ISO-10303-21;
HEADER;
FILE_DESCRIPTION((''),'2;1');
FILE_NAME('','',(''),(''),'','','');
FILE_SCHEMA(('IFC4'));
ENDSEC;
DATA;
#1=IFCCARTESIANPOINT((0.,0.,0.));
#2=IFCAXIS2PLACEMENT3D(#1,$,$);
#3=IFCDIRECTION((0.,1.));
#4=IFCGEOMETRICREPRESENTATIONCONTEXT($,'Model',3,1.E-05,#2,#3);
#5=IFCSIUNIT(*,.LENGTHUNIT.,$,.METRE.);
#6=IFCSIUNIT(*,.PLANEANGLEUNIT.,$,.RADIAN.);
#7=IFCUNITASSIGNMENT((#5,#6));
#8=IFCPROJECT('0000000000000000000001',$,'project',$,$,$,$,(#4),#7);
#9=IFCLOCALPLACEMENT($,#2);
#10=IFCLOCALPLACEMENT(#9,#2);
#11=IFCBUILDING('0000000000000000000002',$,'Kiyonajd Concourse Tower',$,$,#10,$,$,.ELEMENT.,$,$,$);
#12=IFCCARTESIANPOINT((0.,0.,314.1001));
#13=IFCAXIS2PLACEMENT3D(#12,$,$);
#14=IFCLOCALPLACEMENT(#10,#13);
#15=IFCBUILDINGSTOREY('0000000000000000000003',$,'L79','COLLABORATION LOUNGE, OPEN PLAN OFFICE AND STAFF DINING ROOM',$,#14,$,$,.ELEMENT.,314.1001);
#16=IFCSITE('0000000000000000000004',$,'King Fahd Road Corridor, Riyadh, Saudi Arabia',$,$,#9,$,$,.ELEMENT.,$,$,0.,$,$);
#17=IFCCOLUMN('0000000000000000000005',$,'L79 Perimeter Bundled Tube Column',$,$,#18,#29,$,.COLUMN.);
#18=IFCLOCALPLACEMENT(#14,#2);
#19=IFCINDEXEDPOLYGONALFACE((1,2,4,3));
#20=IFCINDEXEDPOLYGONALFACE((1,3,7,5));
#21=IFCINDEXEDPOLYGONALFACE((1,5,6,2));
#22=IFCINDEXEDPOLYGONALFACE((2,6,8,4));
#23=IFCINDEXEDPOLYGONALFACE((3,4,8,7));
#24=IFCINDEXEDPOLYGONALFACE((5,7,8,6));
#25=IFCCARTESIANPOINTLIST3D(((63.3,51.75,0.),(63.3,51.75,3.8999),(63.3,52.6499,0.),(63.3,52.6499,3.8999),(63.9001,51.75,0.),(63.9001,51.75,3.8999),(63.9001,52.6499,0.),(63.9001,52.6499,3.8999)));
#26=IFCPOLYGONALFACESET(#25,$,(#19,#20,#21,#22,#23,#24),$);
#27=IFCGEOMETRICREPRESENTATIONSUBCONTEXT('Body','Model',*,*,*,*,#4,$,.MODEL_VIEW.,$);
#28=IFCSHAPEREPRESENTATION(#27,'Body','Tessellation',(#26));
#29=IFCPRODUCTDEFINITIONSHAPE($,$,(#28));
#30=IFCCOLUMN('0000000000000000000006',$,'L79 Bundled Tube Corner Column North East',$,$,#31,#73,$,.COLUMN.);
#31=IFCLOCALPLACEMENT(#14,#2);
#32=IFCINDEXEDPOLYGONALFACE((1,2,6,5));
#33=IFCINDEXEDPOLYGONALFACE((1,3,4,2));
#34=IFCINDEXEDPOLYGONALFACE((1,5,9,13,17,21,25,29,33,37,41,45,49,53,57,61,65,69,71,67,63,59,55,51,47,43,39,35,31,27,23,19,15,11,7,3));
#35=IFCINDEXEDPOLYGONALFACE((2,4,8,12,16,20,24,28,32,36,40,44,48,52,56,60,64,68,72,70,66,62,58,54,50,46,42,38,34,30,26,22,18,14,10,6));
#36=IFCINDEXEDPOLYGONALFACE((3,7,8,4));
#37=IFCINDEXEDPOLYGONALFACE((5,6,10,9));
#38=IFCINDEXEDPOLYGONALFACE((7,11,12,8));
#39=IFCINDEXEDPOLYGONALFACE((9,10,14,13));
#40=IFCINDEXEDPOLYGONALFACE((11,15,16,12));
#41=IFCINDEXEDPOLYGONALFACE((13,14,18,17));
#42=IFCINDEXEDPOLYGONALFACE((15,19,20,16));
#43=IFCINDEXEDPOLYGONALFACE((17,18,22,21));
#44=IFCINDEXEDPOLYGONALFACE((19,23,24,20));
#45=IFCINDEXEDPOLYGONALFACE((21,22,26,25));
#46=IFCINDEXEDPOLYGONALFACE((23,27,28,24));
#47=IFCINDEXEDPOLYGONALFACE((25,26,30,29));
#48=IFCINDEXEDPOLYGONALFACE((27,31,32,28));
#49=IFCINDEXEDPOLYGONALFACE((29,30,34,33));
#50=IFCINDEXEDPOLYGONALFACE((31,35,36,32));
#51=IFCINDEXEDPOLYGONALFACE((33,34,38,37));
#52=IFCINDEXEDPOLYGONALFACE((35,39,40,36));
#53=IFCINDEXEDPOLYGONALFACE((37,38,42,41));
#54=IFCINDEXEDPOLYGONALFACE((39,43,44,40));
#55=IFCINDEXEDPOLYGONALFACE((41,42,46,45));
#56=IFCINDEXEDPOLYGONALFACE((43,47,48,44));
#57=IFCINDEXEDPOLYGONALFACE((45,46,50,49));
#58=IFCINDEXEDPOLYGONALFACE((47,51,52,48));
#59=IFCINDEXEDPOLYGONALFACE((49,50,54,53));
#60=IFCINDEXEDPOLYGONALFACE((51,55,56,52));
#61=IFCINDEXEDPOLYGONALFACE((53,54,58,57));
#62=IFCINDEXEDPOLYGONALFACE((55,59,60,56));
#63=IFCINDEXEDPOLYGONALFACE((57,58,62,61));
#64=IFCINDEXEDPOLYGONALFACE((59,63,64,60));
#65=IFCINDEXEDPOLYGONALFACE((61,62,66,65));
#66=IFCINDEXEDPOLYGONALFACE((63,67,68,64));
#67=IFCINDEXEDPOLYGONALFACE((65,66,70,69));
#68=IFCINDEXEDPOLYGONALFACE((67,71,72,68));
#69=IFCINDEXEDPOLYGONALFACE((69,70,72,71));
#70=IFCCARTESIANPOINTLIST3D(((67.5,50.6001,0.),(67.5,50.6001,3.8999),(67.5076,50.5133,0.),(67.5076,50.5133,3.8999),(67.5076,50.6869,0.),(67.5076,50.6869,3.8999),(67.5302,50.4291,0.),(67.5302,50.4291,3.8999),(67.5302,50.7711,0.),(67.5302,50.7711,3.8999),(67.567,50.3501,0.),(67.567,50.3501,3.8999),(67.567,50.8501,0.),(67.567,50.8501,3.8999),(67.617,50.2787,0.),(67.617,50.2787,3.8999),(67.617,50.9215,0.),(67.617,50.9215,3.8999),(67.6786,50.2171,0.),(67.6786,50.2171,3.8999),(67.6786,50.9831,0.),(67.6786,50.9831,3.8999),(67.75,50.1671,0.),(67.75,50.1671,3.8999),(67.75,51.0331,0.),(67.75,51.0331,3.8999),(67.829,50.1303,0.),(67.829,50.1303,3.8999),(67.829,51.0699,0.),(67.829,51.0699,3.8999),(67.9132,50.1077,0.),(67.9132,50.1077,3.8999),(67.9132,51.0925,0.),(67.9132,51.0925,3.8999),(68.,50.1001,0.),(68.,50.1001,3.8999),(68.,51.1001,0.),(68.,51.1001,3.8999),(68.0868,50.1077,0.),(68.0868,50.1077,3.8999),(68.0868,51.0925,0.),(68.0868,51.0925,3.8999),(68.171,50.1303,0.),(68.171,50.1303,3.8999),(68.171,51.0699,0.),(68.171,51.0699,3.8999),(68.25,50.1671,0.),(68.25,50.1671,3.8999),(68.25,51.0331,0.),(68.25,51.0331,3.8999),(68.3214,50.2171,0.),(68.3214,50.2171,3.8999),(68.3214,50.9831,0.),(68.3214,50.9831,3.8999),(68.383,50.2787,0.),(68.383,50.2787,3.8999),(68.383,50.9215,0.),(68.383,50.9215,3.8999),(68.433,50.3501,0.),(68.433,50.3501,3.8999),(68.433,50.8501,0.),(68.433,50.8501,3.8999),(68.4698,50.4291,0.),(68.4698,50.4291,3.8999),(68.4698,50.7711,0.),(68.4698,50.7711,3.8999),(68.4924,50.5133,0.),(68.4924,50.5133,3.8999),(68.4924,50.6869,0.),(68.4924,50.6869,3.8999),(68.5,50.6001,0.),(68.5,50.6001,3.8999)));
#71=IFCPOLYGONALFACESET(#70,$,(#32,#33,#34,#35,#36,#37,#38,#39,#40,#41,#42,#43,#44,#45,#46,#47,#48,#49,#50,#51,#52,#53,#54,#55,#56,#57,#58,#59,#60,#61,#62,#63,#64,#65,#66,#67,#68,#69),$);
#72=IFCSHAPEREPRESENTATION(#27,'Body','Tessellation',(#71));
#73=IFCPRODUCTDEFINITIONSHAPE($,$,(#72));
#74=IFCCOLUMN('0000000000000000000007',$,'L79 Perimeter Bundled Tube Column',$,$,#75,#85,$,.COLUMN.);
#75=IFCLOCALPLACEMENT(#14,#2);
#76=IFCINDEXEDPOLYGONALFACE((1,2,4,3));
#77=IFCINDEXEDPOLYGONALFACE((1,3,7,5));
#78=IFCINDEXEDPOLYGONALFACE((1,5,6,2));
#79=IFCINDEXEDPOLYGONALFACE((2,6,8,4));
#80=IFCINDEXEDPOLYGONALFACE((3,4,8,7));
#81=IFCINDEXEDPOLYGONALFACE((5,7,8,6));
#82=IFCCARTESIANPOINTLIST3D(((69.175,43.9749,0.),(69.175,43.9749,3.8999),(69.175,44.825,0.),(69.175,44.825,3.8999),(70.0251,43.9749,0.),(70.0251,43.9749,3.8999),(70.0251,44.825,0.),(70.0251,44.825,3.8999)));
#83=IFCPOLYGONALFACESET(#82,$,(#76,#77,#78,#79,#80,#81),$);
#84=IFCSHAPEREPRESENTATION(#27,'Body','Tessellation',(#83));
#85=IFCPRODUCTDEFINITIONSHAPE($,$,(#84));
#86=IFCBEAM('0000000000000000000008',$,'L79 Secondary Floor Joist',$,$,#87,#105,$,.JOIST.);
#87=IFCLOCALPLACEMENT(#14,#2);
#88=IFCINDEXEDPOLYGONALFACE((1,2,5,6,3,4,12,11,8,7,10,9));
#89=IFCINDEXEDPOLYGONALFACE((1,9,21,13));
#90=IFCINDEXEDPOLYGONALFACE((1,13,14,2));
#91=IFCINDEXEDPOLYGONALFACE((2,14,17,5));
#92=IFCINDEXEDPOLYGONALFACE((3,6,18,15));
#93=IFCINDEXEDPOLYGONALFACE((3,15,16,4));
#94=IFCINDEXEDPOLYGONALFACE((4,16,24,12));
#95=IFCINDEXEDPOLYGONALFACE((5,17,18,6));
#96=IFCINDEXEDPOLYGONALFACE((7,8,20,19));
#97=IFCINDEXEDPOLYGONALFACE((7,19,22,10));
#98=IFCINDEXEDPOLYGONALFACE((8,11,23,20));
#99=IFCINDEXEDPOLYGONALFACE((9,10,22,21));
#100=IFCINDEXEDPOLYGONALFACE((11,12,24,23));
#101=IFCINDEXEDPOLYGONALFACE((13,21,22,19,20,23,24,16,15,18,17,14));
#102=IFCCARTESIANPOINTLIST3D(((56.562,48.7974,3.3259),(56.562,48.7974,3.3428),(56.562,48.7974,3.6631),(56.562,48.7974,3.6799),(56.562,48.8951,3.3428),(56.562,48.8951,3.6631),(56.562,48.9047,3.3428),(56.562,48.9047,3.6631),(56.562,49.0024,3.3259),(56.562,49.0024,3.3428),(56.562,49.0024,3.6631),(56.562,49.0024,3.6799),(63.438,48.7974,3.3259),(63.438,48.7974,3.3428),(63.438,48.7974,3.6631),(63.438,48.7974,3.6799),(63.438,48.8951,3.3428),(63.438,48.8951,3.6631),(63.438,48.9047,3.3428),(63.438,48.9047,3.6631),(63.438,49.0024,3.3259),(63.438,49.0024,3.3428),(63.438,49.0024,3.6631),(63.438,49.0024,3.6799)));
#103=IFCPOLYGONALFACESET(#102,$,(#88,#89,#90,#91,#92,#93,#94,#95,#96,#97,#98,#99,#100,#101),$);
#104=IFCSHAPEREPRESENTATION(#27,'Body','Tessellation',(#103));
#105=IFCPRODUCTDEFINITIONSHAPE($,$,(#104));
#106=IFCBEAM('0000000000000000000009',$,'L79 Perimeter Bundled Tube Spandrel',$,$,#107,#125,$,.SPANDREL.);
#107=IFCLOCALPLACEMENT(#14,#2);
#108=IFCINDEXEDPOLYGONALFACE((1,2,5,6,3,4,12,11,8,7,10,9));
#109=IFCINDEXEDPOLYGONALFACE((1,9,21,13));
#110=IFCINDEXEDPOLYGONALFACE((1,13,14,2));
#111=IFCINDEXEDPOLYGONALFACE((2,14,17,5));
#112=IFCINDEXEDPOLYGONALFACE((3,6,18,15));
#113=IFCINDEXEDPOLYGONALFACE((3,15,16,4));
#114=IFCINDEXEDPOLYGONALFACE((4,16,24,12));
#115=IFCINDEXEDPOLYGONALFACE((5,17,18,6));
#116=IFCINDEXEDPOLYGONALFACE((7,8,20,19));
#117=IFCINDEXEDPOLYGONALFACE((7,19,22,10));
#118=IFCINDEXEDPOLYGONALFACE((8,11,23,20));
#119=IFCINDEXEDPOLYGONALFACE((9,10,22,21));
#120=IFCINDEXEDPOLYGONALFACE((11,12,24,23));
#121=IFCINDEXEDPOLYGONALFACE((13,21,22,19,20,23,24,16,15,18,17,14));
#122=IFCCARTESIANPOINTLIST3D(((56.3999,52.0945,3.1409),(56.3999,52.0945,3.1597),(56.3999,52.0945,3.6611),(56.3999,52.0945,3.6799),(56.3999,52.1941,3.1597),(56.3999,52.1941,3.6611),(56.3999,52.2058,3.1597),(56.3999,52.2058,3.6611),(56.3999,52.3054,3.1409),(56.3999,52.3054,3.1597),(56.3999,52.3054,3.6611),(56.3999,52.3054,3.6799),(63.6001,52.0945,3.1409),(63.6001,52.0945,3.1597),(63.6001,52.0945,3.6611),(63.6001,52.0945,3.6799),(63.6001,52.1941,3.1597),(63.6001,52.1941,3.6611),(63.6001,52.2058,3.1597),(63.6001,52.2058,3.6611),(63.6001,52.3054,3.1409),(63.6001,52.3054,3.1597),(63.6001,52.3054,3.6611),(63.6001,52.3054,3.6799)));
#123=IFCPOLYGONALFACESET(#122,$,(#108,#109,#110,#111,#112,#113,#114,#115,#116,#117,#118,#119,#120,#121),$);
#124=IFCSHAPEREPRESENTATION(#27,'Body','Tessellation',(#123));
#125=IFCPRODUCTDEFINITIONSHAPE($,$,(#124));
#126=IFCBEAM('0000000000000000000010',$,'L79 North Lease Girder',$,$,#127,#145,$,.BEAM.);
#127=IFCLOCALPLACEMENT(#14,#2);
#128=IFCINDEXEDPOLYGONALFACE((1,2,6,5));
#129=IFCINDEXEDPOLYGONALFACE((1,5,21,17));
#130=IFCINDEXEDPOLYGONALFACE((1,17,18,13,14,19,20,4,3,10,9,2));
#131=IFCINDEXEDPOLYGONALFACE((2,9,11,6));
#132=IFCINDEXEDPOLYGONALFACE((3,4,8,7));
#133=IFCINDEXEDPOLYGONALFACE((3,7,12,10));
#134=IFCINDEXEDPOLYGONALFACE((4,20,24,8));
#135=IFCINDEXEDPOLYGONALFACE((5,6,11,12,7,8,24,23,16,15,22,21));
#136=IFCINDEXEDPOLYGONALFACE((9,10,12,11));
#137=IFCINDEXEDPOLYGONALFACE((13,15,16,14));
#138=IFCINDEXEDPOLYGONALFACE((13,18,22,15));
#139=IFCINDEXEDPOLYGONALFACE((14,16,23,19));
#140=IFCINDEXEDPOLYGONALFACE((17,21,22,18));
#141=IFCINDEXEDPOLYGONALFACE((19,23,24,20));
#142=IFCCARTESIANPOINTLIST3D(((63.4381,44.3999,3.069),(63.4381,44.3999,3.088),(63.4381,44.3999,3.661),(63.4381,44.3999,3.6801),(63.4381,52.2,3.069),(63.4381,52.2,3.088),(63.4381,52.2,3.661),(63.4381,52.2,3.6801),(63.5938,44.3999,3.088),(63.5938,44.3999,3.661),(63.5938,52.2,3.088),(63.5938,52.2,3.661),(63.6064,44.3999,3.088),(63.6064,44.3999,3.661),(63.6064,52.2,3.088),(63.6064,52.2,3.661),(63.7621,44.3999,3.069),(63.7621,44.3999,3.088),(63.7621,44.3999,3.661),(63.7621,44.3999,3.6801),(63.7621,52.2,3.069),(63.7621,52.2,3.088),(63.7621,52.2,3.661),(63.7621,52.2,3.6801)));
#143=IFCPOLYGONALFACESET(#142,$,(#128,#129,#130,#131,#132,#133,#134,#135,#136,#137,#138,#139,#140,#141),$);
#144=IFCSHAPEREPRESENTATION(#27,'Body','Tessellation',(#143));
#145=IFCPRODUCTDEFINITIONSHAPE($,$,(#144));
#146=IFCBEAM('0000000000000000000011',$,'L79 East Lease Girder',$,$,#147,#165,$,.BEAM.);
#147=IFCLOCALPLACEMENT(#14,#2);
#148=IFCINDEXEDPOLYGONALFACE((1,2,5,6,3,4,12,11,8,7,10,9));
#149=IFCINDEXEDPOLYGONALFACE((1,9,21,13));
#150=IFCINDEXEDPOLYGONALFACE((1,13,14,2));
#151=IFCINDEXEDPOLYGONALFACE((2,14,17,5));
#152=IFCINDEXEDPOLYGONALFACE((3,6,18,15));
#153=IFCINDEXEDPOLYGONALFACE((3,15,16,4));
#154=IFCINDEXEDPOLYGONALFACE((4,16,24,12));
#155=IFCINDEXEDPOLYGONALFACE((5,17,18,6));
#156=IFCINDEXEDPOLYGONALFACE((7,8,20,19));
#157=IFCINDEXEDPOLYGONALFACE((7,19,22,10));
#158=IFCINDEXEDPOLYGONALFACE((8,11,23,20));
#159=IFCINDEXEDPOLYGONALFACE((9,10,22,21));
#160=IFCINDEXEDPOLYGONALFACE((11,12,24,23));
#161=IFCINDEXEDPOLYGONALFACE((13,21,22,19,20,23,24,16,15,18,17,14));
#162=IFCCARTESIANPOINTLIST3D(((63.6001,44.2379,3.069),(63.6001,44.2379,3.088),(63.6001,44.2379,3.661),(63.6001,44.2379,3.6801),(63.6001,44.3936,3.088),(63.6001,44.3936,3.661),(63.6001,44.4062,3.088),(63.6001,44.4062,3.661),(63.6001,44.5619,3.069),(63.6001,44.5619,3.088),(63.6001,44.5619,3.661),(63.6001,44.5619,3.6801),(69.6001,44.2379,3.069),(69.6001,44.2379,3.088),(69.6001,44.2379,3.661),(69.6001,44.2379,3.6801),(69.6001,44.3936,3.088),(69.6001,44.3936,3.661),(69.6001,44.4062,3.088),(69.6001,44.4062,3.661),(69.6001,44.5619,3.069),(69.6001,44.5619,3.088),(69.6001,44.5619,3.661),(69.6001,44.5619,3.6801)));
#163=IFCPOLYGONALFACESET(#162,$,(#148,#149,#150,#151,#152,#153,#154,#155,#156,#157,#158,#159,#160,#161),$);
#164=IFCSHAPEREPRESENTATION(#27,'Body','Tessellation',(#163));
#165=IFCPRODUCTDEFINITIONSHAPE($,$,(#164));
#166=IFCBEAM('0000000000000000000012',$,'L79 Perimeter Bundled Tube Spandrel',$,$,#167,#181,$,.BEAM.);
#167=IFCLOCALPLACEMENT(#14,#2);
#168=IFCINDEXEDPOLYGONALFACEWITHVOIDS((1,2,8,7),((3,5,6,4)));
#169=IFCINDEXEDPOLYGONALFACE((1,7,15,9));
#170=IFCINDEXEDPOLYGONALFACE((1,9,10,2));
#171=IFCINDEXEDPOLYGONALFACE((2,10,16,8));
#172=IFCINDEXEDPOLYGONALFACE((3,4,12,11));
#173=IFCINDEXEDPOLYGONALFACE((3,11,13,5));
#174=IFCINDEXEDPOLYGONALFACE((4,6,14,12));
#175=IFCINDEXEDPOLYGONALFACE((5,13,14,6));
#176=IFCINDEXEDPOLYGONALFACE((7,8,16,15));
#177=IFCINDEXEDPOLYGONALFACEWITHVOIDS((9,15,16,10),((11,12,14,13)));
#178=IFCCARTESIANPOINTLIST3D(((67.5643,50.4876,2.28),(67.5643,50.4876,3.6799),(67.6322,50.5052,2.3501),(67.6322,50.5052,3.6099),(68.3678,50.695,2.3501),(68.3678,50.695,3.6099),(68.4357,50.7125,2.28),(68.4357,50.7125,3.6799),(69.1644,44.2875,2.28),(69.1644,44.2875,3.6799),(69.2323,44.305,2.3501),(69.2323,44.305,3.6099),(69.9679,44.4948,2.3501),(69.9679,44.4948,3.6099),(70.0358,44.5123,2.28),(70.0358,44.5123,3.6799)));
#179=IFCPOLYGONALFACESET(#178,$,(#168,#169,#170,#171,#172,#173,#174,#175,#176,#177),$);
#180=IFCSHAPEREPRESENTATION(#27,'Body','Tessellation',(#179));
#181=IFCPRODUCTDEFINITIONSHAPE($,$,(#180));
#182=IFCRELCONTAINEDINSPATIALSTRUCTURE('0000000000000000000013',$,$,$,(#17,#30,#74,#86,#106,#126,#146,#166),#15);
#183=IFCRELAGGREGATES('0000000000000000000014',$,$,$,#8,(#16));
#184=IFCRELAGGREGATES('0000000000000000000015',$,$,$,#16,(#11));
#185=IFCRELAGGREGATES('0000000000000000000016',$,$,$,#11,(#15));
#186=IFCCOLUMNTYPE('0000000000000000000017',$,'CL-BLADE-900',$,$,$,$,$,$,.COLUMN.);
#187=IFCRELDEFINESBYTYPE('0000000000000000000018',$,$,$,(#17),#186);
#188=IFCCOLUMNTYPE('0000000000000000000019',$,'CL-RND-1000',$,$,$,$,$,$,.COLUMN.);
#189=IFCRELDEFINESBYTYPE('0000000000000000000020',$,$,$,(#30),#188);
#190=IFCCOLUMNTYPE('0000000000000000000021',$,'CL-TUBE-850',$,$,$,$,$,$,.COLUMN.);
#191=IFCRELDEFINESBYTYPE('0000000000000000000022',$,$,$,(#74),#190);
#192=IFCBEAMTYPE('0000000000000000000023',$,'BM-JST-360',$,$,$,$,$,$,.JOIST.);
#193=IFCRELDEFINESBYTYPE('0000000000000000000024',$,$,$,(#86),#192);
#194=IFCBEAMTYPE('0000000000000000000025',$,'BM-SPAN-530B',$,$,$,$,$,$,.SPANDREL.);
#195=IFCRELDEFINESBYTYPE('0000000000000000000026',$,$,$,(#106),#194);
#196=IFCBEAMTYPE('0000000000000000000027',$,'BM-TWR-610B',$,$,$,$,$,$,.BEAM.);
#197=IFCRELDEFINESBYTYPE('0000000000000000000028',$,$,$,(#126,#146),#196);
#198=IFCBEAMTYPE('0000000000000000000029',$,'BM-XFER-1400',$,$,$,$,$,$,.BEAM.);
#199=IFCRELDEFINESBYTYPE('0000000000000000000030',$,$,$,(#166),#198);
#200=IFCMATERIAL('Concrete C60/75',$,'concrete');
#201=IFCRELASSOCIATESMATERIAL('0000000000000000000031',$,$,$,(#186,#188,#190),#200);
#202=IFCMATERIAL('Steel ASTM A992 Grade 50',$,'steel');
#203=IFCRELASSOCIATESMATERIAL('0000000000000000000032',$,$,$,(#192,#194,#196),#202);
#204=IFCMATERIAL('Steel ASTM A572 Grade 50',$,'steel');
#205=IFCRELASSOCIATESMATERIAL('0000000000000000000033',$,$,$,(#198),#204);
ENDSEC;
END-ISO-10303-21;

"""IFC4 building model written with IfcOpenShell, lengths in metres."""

from ifc_helpers import new_model, si_unit, direction, frame, origin, origin_2d, place, context, subcontext, project, spatial, rectangle, hollow_rectangle, circle, i_section, extrude, material, material_profile, profile_set, type_object, element, save


model = new_model("IFC4")

# Units and contexts
model_context = context("Model", 3, precision=1e-05, world=origin(), true_north=direction((0.0, 1.0)))
body_context = subcontext(model_context, "Body", "Model", "MODEL_VIEW")
ifc_project = project(units=[si_unit("LENGTHUNIT", "METRE"), si_unit("PLANEANGLEUNIT", "RADIAN")], contexts=[model_context])

# Site, building, storey
site_placement = place(None, origin())
site = spatial("IfcSite", under=ifc_project, at=site_placement, Name="King Fahd Road Corridor, Riyadh, Saudi Arabia", CompositionType="ELEMENT", RefElevation=0.0)
building_placement = place(site_placement, origin())
building = spatial("IfcBuilding", under=site, at=building_placement, Name="Kiyonajd Concourse Tower", CompositionType="ELEMENT")
storey_placement = place(building_placement, frame((0.0, 0.0, 314.1001)))
storey = spatial("IfcBuildingStorey", under=building, at=storey_placement, Name="L79", Description="COLLABORATION LOUNGE, OPEN PLAN OFFICE AND STAFF DINING ROOM", CompositionType="ELEMENT", Elevation=314.1001)

# Columns
ifc_material_1 = material(Name="Concrete C60/75", Category="concrete")
ifc_material_profile_1 = material_profile(ifc_material_1, rectangle(XDim=0.6001, YDim=0.8999, at=origin_2d()), Name="RC-900x600")
ifc_profile_set_1 = profile_set([ifc_material_profile_1], Name="Concrete C60/75")
column_type_1 = type_object("IfcColumnType", Name="CL-BLADE-900", PredefinedType="COLUMN", material=ifc_profile_set_1)
column_1_placement = place(storey_placement, frame((63.6001, 52.2, 0.0), z_axis=(0.0, 0.0, 1.0), x_axis=(1.0, 0.0, 0.0)))
element("IfcColumn", 1, at=column_1_placement, inside=storey, type_object=column_type_1, Name="L79 Perimeter Bundled Tube Column", PredefinedType="COLUMN", context=body_context, shape_type="SweptSolid", body=[
    extrude(rectangle(XDim=0.6001, YDim=0.8999, at=origin_2d()), origin(), (0.0, 0.0, 1.0), 3.8999),
])
ifc_material_profile_2 = material_profile(ifc_material_1, circle(Radius=0.5, at=origin_2d()), Name="RCC-D1000")
ifc_profile_set_2 = profile_set([ifc_material_profile_2], Name="Concrete C60/75")
column_type_2 = type_object("IfcColumnType", Name="CL-RND-1000", PredefinedType="COLUMN", material=ifc_profile_set_2)
column_2_placement = place(storey_placement, frame((68.0, 50.6001, 0.0), z_axis=(0.0, 0.0, 1.0), x_axis=(1.0, 0.0, 0.0)))
element("IfcColumn", 2, at=column_2_placement, inside=storey, type_object=column_type_2, Name="L79 Bundled Tube Corner Column North East", PredefinedType="COLUMN", context=body_context, shape_type="SweptSolid", body=[
    extrude(circle(Radius=0.5, at=origin_2d()), origin(), (0.0, 0.0, 1.0), 3.8999),
])
ifc_material_profile_3 = material_profile(ifc_material_1, rectangle(XDim=0.8501, YDim=0.8501, at=origin_2d()), Name="RC-850x850")
ifc_profile_set_3 = profile_set([ifc_material_profile_3], Name="Concrete C60/75")
column_type_3 = type_object("IfcColumnType", Name="CL-TUBE-850", PredefinedType="COLUMN", material=ifc_profile_set_3)
column_3_placement = place(storey_placement, frame((69.6001, 44.3999, 0.0), z_axis=(0.0, 0.0, 1.0), x_axis=(1.0, 0.0, 0.0)))
element("IfcColumn", 3, at=column_3_placement, inside=storey, type_object=column_type_3, Name="L79 Perimeter Bundled Tube Column", PredefinedType="COLUMN", context=body_context, shape_type="SweptSolid", body=[
    extrude(rectangle(XDim=0.8501, YDim=0.8501, at=origin_2d()), origin(), (0.0, 0.0, 1.0), 3.8999),
])

# Beams
ifc_material_2 = material(Name="Steel ASTM A992 Grade 50", Category="steel")
ifc_material_profile_4 = material_profile(ifc_material_2, i_section(OverallWidth=0.2051, OverallDepth=0.354, WebThickness=0.0095, FlangeThickness=0.0168, at=origin_2d()), Name="W360X79")
ifc_profile_set_4 = profile_set([ifc_material_profile_4], Name="Steel ASTM A992 Grade 50")
beam_type_1 = type_object("IfcBeamType", Name="BM-JST-360", PredefinedType="JOIST", material=ifc_profile_set_4)
beam_1_placement = place(storey_placement, frame((56.562, 48.8999, 3.5029), z_axis=(1.0, 0.0, 0.0), x_axis=(0.0, 1.0, 0.0)))
element("IfcBeam", 4, at=beam_1_placement, inside=storey, type_object=beam_type_1, Name="L79 Secondary Floor Joist", PredefinedType="JOIST", context=body_context, shape_type="SweptSolid", body=[
    extrude(i_section(OverallWidth=0.2051, OverallDepth=0.354, WebThickness=0.0095, FlangeThickness=0.0168, at=origin_2d()), origin(), (0.0, 0.0, 1.0), 6.876),
])
ifc_material_profile_5 = material_profile(ifc_material_2, i_section(OverallWidth=0.2109, OverallDepth=0.5391, WebThickness=0.0117, FlangeThickness=0.0188, at=origin_2d()), Name="W530X109")
ifc_profile_set_5 = profile_set([ifc_material_profile_5], Name="Steel ASTM A992 Grade 50")
beam_type_2 = type_object("IfcBeamType", Name="BM-SPAN-530B", PredefinedType="SPANDREL", material=ifc_profile_set_5)
beam_2_placement = place(storey_placement, frame((63.6001, 52.2, 3.4104), z_axis=(-1.0, 0.0, 0.0), x_axis=(0.0, -1.0, 0.0)))
element("IfcBeam", 5, at=beam_2_placement, inside=storey, type_object=beam_type_2, Name="L79 Perimeter Bundled Tube Spandrel", PredefinedType="SPANDREL", context=body_context, shape_type="SweptSolid", body=[
    extrude(i_section(OverallWidth=0.2109, OverallDepth=0.5391, WebThickness=0.0117, FlangeThickness=0.0188, at=origin_2d()), origin(), (0.0, 0.0, 1.0), 7.2002),
])
ifc_material_profile_6 = material_profile(ifc_material_2, i_section(OverallWidth=0.324, OverallDepth=0.6111, WebThickness=0.0127, FlangeThickness=0.019, at=origin_2d()), Name="W610X155")
ifc_profile_set_6 = profile_set([ifc_material_profile_6], Name="Steel ASTM A992 Grade 50")
beam_type_3 = type_object("IfcBeamType", Name="BM-TWR-610B", PredefinedType="BEAM", material=ifc_profile_set_6)
beam_3_placement = place(storey_placement, frame((63.6001, 44.3999, 3.3745), z_axis=(0.0, 1.0, 0.0), x_axis=(-1.0, 0.0, 0.0)))
element("IfcBeam", 6, at=beam_3_placement, inside=storey, type_object=beam_type_3, Name="L79 North Lease Girder", PredefinedType="BEAM", context=body_context, shape_type="SweptSolid", body=[
    extrude(i_section(OverallWidth=0.324, OverallDepth=0.6111, WebThickness=0.0127, FlangeThickness=0.019, at=origin_2d()), origin(), (0.0, 0.0, 1.0), 7.8),
])
beam_4_placement = place(storey_placement, frame((63.6001, 44.3999, 3.3745), z_axis=(1.0, 0.0, 0.0), x_axis=(0.0, 1.0, 0.0)))
element("IfcBeam", 7, at=beam_4_placement, inside=storey, type_object=beam_type_3, Name="L79 East Lease Girder", PredefinedType="BEAM", context=body_context, shape_type="SweptSolid", body=[
    extrude(i_section(OverallWidth=0.324, OverallDepth=0.6111, WebThickness=0.0127, FlangeThickness=0.019, at=origin_2d()), origin(), (0.0, 0.0, 1.0), 6.0),
])
ifc_material_3 = material(Name="Steel ASTM A572 Grade 50", Category="steel")
ifc_material_profile_7 = material_profile(ifc_material_3, hollow_rectangle(XDim=0.8999, YDim=1.3999, WallThickness=0.0701, at=origin_2d()), Name="BOX-1400x900x70")
ifc_profile_set_7 = profile_set([ifc_material_profile_7], Name="Steel ASTM A572 Grade 50")
beam_type_4 = type_object("IfcBeamType", Name="BM-XFER-1400", PredefinedType="BEAM", material=ifc_profile_set_7)
beam_5_placement = place(storey_placement, frame((69.6001, 44.3999, 2.98), z_axis=(-0.249885, 0.968276, 0.0), x_axis=(-0.968276, -0.249885, 0.0)))
element("IfcBeam", 8, at=beam_5_placement, inside=storey, type_object=beam_type_4, Name="L79 Perimeter Bundled Tube Spandrel", PredefinedType="BEAM", context=body_context, shape_type="SweptSolid", body=[
    extrude(hollow_rectangle(XDim=0.8999, YDim=1.3999, WallThickness=0.0701, at=origin_2d()), origin(), (0.0, 0.0, 1.0), 6.4033),
])

save(model, "model.ifc")
